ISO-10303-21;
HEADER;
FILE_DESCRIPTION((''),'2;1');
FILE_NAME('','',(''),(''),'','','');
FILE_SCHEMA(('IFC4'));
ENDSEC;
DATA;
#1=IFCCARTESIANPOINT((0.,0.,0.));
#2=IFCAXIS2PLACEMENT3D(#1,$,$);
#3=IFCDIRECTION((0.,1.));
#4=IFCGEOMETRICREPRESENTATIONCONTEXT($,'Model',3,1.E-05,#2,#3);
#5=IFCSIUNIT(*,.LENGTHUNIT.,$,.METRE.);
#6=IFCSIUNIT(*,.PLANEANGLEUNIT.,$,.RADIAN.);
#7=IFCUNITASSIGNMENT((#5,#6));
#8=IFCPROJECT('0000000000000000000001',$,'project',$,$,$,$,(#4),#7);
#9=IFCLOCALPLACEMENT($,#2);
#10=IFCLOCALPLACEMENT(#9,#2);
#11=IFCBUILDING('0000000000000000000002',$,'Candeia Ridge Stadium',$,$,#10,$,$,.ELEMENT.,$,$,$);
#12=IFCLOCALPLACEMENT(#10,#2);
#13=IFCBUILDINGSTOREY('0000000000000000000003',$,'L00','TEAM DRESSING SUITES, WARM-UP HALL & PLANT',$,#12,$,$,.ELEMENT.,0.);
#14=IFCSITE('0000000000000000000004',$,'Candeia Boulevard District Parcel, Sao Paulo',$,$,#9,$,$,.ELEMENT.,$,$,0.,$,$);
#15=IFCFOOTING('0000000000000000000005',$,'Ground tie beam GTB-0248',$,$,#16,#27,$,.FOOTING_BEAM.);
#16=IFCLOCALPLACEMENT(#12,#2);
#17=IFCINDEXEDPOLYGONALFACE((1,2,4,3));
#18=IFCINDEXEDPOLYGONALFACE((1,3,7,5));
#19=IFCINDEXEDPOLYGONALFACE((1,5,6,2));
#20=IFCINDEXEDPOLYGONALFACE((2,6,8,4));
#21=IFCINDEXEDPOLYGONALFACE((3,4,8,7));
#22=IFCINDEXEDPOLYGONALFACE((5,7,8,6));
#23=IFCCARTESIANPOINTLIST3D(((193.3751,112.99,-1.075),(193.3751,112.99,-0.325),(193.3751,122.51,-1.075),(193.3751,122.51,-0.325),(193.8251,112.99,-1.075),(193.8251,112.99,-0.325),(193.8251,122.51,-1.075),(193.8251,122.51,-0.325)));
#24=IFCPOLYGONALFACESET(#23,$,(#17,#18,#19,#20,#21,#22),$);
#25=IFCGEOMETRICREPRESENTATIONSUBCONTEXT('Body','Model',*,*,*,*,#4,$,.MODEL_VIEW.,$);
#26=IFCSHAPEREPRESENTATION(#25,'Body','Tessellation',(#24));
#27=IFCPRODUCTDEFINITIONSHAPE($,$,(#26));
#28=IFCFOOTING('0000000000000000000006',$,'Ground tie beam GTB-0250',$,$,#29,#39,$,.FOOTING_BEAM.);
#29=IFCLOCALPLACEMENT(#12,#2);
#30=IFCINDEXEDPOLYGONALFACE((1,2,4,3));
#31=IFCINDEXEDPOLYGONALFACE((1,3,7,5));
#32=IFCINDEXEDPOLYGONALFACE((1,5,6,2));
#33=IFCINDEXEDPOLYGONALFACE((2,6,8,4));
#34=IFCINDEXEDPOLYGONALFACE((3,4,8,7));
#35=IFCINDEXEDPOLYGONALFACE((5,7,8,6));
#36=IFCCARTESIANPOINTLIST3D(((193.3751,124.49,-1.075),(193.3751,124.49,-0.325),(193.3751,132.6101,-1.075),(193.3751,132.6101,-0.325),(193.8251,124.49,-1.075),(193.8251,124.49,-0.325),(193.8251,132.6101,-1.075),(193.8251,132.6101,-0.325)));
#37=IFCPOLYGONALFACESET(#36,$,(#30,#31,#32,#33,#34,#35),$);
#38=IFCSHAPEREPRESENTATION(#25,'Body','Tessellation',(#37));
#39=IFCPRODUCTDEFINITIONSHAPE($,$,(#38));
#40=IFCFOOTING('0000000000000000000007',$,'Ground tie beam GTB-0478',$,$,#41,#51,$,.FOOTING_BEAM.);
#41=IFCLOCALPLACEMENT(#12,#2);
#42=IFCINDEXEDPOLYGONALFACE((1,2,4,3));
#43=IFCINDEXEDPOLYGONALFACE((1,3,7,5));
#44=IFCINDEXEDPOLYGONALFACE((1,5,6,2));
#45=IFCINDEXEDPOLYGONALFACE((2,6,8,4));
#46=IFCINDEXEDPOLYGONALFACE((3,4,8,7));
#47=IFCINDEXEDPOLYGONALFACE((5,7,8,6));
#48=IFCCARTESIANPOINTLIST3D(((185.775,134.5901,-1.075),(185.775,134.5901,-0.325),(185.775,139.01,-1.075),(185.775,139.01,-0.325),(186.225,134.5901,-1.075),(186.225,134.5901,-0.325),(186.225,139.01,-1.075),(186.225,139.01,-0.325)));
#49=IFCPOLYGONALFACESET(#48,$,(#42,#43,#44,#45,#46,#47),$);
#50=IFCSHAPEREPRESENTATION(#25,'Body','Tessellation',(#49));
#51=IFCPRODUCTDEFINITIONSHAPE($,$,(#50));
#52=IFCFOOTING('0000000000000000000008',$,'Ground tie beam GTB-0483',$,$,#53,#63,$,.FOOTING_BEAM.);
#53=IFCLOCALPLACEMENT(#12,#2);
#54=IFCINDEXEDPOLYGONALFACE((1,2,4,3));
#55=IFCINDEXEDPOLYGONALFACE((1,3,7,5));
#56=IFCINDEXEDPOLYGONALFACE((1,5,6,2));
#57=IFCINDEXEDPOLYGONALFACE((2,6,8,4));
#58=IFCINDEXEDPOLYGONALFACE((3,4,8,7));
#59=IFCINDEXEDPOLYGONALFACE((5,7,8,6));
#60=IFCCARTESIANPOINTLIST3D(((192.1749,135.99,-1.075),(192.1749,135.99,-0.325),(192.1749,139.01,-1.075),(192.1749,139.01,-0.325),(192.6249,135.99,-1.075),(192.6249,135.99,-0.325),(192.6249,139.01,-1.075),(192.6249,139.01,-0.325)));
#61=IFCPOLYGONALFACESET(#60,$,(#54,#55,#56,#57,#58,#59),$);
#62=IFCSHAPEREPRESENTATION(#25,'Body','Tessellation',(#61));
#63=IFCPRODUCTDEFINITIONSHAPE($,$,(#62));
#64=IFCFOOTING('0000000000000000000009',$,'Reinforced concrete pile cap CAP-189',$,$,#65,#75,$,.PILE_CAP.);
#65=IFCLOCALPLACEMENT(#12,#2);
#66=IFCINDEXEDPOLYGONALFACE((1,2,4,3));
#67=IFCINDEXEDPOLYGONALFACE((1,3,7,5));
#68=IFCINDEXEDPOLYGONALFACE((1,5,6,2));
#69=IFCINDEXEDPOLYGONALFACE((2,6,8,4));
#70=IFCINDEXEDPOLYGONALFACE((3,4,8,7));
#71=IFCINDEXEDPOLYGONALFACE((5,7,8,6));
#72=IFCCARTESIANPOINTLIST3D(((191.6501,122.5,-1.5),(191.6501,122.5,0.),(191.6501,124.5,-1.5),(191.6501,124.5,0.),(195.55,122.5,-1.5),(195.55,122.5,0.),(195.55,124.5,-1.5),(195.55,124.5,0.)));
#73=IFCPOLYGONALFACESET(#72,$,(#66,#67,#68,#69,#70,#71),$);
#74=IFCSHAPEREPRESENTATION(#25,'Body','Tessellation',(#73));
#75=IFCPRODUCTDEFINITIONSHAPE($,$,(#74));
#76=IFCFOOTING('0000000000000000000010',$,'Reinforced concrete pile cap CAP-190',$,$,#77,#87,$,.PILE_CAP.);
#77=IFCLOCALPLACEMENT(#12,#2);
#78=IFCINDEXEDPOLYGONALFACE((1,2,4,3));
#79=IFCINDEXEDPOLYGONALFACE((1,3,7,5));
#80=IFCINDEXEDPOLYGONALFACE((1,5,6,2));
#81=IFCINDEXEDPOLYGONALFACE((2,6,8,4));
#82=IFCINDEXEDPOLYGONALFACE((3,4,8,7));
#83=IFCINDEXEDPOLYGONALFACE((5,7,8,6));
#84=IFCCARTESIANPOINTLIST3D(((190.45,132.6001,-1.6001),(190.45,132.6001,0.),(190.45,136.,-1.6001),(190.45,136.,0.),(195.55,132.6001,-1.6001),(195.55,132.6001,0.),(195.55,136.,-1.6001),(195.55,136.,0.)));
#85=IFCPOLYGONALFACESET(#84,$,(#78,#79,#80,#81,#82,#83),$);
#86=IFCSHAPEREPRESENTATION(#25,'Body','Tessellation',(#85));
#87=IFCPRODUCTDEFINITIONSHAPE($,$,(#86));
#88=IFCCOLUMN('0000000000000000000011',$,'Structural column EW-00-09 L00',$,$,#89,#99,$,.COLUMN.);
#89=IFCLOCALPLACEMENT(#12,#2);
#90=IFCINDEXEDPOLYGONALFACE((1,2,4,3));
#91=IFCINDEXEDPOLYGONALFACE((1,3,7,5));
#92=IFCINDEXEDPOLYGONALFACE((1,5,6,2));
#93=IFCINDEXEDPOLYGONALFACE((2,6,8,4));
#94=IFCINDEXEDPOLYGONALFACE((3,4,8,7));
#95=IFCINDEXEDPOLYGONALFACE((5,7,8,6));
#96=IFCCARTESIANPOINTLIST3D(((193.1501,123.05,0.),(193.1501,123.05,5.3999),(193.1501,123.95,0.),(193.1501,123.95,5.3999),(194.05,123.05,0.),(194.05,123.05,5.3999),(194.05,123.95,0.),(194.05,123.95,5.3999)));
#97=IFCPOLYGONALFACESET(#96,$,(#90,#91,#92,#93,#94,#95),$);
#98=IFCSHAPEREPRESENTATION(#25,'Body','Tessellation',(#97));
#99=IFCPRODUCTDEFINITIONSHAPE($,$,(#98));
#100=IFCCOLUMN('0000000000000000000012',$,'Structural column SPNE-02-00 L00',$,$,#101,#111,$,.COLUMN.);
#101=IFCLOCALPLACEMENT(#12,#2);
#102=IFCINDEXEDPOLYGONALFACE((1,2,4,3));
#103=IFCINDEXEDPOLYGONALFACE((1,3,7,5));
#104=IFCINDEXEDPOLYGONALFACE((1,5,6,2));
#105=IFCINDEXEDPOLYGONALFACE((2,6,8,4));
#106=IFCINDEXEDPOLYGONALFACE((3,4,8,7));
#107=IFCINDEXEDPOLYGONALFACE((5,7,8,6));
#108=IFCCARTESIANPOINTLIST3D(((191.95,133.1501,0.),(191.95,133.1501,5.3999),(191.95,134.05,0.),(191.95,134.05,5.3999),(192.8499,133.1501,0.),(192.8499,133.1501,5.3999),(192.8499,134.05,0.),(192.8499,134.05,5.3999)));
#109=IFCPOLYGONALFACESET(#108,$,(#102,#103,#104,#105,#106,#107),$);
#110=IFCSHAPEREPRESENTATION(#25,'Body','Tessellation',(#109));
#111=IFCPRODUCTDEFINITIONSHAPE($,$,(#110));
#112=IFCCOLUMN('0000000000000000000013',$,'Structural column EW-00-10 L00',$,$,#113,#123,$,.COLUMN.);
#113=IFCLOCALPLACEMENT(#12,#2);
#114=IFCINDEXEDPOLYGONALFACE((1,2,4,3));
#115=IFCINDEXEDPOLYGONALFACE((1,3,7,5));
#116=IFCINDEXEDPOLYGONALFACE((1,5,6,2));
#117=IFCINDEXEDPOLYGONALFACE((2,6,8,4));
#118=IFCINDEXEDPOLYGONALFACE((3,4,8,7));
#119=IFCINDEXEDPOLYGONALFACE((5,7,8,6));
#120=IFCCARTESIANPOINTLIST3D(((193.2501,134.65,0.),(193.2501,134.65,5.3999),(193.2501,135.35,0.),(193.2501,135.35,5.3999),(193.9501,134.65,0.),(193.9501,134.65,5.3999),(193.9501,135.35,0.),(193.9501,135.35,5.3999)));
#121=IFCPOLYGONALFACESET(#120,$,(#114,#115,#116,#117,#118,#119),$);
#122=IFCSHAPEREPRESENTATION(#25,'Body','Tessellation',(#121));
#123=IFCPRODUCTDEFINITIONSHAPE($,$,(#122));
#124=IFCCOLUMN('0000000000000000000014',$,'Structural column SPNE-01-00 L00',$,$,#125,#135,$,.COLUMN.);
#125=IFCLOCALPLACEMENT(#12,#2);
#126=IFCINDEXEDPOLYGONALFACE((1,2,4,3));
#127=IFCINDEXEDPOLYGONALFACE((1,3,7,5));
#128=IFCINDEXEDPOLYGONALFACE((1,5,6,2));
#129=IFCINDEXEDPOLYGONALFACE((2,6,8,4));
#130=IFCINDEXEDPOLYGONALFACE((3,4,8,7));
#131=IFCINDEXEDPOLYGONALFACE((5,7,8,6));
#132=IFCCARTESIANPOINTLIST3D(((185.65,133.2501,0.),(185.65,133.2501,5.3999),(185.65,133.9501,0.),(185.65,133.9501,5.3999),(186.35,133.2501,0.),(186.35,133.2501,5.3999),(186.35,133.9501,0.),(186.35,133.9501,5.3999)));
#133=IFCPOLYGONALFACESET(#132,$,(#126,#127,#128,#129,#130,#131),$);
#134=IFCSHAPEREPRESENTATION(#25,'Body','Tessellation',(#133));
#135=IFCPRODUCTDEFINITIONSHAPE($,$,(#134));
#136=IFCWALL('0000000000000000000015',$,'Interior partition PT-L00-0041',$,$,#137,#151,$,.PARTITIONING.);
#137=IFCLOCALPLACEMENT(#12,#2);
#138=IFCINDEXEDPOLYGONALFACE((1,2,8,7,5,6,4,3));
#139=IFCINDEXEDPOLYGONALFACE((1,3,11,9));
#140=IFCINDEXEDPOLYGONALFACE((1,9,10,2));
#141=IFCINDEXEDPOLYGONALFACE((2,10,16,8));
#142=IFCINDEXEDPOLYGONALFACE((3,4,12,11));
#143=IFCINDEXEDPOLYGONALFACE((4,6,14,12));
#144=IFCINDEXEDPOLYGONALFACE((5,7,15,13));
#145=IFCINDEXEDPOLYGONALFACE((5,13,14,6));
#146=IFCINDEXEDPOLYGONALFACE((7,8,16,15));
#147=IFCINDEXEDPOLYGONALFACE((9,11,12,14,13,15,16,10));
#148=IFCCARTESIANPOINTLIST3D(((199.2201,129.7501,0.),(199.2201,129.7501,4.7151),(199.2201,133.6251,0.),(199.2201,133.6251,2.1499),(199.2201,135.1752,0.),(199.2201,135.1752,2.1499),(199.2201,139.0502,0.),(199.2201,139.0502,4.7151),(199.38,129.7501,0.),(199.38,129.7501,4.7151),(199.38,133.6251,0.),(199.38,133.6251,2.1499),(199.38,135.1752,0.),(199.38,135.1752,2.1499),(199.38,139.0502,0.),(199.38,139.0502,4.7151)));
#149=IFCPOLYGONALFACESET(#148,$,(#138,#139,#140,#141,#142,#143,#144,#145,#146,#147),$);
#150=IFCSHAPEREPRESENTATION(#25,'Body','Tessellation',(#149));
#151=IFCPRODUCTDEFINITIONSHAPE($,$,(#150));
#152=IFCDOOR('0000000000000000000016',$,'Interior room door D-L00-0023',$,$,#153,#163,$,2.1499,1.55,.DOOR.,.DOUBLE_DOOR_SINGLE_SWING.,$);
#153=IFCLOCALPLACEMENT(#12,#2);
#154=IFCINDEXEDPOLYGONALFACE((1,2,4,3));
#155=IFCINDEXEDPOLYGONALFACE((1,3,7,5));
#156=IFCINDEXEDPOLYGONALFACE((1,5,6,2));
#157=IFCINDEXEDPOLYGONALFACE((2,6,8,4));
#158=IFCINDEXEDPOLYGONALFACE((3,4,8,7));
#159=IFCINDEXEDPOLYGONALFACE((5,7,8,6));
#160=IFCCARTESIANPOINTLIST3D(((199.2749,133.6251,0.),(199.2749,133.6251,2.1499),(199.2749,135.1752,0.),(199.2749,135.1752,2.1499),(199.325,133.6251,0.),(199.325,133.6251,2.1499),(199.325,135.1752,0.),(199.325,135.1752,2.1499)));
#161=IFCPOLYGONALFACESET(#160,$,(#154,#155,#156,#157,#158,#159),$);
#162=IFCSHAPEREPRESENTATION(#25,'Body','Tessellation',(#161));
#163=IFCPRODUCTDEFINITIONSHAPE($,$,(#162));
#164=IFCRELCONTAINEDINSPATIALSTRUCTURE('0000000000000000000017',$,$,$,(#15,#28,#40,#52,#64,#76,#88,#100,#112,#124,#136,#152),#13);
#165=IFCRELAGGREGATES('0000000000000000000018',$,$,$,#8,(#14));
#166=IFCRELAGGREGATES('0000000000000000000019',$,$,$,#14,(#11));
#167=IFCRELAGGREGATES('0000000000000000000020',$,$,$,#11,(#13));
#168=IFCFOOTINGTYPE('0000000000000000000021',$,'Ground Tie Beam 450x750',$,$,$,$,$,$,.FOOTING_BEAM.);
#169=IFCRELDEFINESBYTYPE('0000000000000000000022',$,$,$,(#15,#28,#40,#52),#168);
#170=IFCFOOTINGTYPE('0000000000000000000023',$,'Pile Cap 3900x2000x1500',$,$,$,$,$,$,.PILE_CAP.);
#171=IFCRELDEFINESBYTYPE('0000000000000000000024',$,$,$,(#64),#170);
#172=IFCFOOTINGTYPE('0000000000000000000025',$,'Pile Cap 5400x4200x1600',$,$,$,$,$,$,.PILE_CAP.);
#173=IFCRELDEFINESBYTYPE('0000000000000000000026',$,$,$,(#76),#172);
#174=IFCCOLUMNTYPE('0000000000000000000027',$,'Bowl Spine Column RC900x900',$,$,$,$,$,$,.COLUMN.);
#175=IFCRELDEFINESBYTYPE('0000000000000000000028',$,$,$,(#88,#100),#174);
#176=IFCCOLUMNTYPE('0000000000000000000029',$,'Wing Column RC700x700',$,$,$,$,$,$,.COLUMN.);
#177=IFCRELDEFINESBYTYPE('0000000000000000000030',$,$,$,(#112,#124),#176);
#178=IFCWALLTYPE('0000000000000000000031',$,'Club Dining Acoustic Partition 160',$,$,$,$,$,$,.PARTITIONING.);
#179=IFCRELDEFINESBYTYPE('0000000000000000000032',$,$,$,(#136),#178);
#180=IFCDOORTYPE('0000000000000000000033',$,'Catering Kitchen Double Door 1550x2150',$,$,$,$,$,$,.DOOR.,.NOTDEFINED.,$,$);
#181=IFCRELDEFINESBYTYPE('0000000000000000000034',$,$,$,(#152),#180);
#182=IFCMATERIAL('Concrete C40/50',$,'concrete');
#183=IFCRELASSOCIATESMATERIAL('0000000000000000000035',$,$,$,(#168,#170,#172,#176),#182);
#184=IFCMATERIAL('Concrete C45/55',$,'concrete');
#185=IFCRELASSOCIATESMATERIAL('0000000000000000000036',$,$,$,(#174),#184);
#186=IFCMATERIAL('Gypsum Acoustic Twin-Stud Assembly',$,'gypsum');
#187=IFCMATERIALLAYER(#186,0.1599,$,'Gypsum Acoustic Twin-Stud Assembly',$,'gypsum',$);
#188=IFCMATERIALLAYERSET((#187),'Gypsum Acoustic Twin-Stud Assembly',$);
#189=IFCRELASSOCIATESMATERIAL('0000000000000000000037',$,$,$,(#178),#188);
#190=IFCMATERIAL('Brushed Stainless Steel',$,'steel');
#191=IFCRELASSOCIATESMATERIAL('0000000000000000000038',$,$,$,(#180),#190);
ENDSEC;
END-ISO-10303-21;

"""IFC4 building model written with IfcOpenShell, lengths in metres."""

from ifc_helpers import new_model, si_unit, direction, frame, frame_2d, origin, origin_2d, place, context, subcontext, project, spatial, rectangle, extrude, material, layer, layer_set, material_profile, profile_set, type_object, element, fill, save


model = new_model("IFC4")

# Units and contexts
model_context = context("Model", 3, precision=1e-05, world=origin(), true_north=direction((0.0, 1.0)))
body_context = subcontext(model_context, "Body", "Model", "MODEL_VIEW")
ifc_project = project(units=[si_unit("LENGTHUNIT", "METRE"), si_unit("PLANEANGLEUNIT", "RADIAN")], contexts=[model_context])

# Site, building, storey
site_placement = place(None, origin())
site = spatial("IfcSite", under=ifc_project, at=site_placement, Name="Candeia Boulevard District Parcel, Sao Paulo", CompositionType="ELEMENT", RefElevation=0.0)
building_placement = place(site_placement, origin())
building = spatial("IfcBuilding", under=site, at=building_placement, Name="Candeia Ridge Stadium", CompositionType="ELEMENT")
storey_placement = place(building_placement, origin())
storey = spatial("IfcBuildingStorey", under=building, at=storey_placement, Name="L00", Description="TEAM DRESSING SUITES, WARM-UP HALL & PLANT", CompositionType="ELEMENT", Elevation=0.0)

# Shared definitions
ifc_material_1 = material(Name="Concrete C40/50", Category="concrete")

# Footings
footing_type_1 = type_object("IfcFootingType", Name="Ground Tie Beam 450x750", PredefinedType="FOOTING_BEAM", material=ifc_material_1)
footing_1_placement = place(storey_placement, frame((193.6001, 117.75, -1.075), z_axis=(0.0, 0.0, 1.0), x_axis=(0.0, 1.0, 0.0)))
element("IfcFooting", 1, at=footing_1_placement, inside=storey, type_object=footing_type_1, Name="Ground tie beam GTB-0248", PredefinedType="FOOTING_BEAM", context=body_context, shape_type="SweptSolid", body=[
    extrude(rectangle(XDim=9.52, YDim=0.45, at=origin_2d()), origin(), (0.0, 0.0, 1.0), 0.75),
])
footing_2_placement = place(storey_placement, frame((193.6001, 128.55, -1.075), z_axis=(0.0, 0.0, 1.0), x_axis=(0.0, 1.0, 0.0)))
element("IfcFooting", 2, at=footing_2_placement, inside=storey, type_object=footing_type_1, Name="Ground tie beam GTB-0250", PredefinedType="FOOTING_BEAM", context=body_context, shape_type="SweptSolid", body=[
    extrude(rectangle(XDim=8.1201, YDim=0.45, at=origin_2d()), origin(), (0.0, 0.0, 1.0), 0.75),
])
footing_3_placement = place(storey_placement, frame((186.0, 136.8, -1.075), z_axis=(0.0, 0.0, 1.0), x_axis=(0.0, 1.0, 0.0)))
element("IfcFooting", 3, at=footing_3_placement, inside=storey, type_object=footing_type_1, Name="Ground tie beam GTB-0478", PredefinedType="FOOTING_BEAM", context=body_context, shape_type="SweptSolid", body=[
    extrude(rectangle(XDim=4.4199, YDim=0.45, at=origin_2d()), origin(), (0.0, 0.0, 1.0), 0.75),
])
footing_4_placement = place(storey_placement, frame((192.3999, 137.5, -1.075), z_axis=(0.0, 0.0, 1.0), x_axis=(0.0, 1.0, 0.0)))
element("IfcFooting", 4, at=footing_4_placement, inside=storey, type_object=footing_type_1, Name="Ground tie beam GTB-0483", PredefinedType="FOOTING_BEAM", context=body_context, shape_type="SweptSolid", body=[
    extrude(rectangle(XDim=3.02, YDim=0.45, at=origin_2d()), origin(), (0.0, 0.0, 1.0), 0.75),
])
footing_type_2 = type_object("IfcFootingType", Name="Pile Cap 3900x2000x1500", PredefinedType="PILE_CAP", material=ifc_material_1)
footing_5_placement = place(storey_placement, frame((193.6001, 123.5, -1.5), z_axis=(0.0, 0.0, 1.0), x_axis=(1.0, 0.0, 0.0)))
element("IfcFooting", 5, at=footing_5_placement, inside=storey, type_object=footing_type_2, Name="Reinforced concrete pile cap CAP-189", PredefinedType="PILE_CAP", context=body_context, shape_type="SweptSolid", body=[
    extrude(rectangle(XDim=3.8999, YDim=2.0, at=origin_2d()), origin(), (0.0, 0.0, 1.0), 1.5),
])
footing_type_3 = type_object("IfcFootingType", Name="Pile Cap 5400x4200x1600", PredefinedType="PILE_CAP", material=ifc_material_1)
footing_6_placement = place(storey_placement, frame((193.0, 134.3, -1.6001), z_axis=(0.0, 0.0, 1.0), x_axis=(1.0, 0.0, 0.0)))
element("IfcFooting", 6, at=footing_6_placement, inside=storey, type_object=footing_type_3, Name="Reinforced concrete pile cap CAP-190", PredefinedType="PILE_CAP", context=body_context, shape_type="SweptSolid", body=[
    extrude(rectangle(XDim=5.1001, YDim=3.3999, at=origin_2d()), origin(), (0.0, 0.0, 1.0), 1.6001),
])

# Columns
ifc_material_2 = material(Name="Concrete C45/55", Category="concrete")
ifc_material_profile_1 = material_profile(ifc_material_2, rectangle(XDim=0.8999, YDim=0.8999, at=origin_2d()), Name="RC900x900", Category="concrete")
ifc_profile_set_1 = profile_set([ifc_material_profile_1], Name="Concrete C45/55")
column_type_1 = type_object("IfcColumnType", Name="Bowl Spine Column RC900x900", PredefinedType="COLUMN", material=ifc_profile_set_1)
for number, where, z_axis, x_axis, name in (
    (7, (193.6001, 123.5, 0.0), (0.0, 0.0, 1.0), (1.0, 0.0, 0.0), "Structural column EW-00-09 L00"),
    (8, (192.3999, 133.6001, 0.0), (0.0, 0.0, 1.0), (1.0, 0.0, 0.0), "Structural column SPNE-02-00 L00"),
):
    element("IfcColumn", number, at=place(storey_placement, frame(where, z_axis=z_axis, x_axis=x_axis)), inside=storey, type_object=column_type_1, Name=name, PredefinedType="COLUMN", context=body_context, shape_type="SweptSolid", body=[
        extrude(rectangle(XDim=0.8999, YDim=0.8999, at=origin_2d()), origin(), (0.0, 0.0, 1.0), 5.3999),
    ])
ifc_material_profile_2 = material_profile(ifc_material_1, rectangle(XDim=0.7, YDim=0.7, at=origin_2d()), Name="RC700x700", Category="concrete")
ifc_profile_set_2 = profile_set([ifc_material_profile_2], Name="Concrete C40/50")
column_type_2 = type_object("IfcColumnType", Name="Wing Column RC700x700", PredefinedType="COLUMN", material=ifc_profile_set_2)
for number, where, z_axis, x_axis, name in (
    (9, (193.6001, 135.0, 0.0), (0.0, 0.0, 1.0), (1.0, 0.0, 0.0), "Structural column EW-00-10 L00"),
    (10, (186.0, 133.6001, 0.0), (0.0, 0.0, 1.0), (1.0, 0.0, 0.0), "Structural column SPNE-01-00 L00"),
):
    element("IfcColumn", number, at=place(storey_placement, frame(where, z_axis=z_axis, x_axis=x_axis)), inside=storey, type_object=column_type_2, Name=name, PredefinedType="COLUMN", context=body_context, shape_type="SweptSolid", body=[
        extrude(rectangle(XDim=0.7, YDim=0.7, at=origin_2d()), origin(), (0.0, 0.0, 1.0), 5.3999),
    ])

# Wall, opening, door
ifc_material_3 = material(Name="Gypsum Acoustic Twin-Stud Assembly", Category="gypsum")
ifc_layer_1 = layer(ifc_material_3, 0.1599, Name="Gypsum Acoustic Twin-Stud Assembly", Category="gypsum")
ifc_layer_set_1 = layer_set([ifc_layer_1], Name="Gypsum Acoustic Twin-Stud Assembly")
wall_type_1 = type_object("IfcWallType", Name="Club Dining Acoustic Partition 160", PredefinedType="PARTITIONING", material=ifc_layer_set_1)
wall_1_placement = place(storey_placement, frame((199.3, 139.05, 0.0), z_axis=(0.0, 0.0, 1.0), x_axis=(0.0, -1.0, 0.0)))
wall_1 = element("IfcWall", 11, at=wall_1_placement, inside=storey, type_object=wall_type_1, Name="Interior partition PT-L00-0041", PredefinedType="PARTITIONING", context=body_context, shape_type="SweptSolid", body=[
    extrude(rectangle(XDim=9.3, YDim=0.1599, at=frame_2d((4.6499, 0.0))), origin(), (0.0, 0.0, 1.0), 4.7151),
])
opening_1_placement = place(wall_1_placement, frame((3.875, 0.0, 0.0)))
opening_1 = element("IfcOpeningElement", 12, at=opening_1_placement, cuts=wall_1, PredefinedType="OPENING", context=body_context, shape_type="SweptSolid", body=[
    extrude(rectangle(XDim=1.55, YDim=2.1499, at=frame_2d((0.7749, 1.075))), frame((0.0, 0.0898, 0.0), z_axis=(0.0, -1.0, 0.0), x_axis=(1.0, 0.0, 0.0)), (0.0, 0.0, 1.0), 0.1799),
])
ifc_material_4 = material(Name="Brushed Stainless Steel", Category="steel")
door_type_1 = type_object("IfcDoorType", Name="Catering Kitchen Double Door 1550x2150", OperationType="NOTDEFINED", PredefinedType="DOOR", material=ifc_material_4)
door_1_placement = place(opening_1_placement, origin())
door_1 = element("IfcDoor", 13, at=door_1_placement, inside=storey, type_object=door_type_1, Name="Interior room door D-L00-0023", OperationType="DOUBLE_DOOR_SINGLE_SWING", OverallHeight=2.1499, OverallWidth=1.55, PredefinedType="DOOR", context=body_context, shape_type="SweptSolid", body=[
    extrude(rectangle(XDim=1.55, YDim=2.1499, at=frame_2d((0.7749, 1.075))), frame((0.0, 0.0249, 0.0), z_axis=(0.0, -1.0, 0.0), x_axis=(1.0, 0.0, 0.0)), (0.0, 0.0, 1.0), 0.05),
])
fill(opening_1, door_1)

save(model, "model.ifc")
